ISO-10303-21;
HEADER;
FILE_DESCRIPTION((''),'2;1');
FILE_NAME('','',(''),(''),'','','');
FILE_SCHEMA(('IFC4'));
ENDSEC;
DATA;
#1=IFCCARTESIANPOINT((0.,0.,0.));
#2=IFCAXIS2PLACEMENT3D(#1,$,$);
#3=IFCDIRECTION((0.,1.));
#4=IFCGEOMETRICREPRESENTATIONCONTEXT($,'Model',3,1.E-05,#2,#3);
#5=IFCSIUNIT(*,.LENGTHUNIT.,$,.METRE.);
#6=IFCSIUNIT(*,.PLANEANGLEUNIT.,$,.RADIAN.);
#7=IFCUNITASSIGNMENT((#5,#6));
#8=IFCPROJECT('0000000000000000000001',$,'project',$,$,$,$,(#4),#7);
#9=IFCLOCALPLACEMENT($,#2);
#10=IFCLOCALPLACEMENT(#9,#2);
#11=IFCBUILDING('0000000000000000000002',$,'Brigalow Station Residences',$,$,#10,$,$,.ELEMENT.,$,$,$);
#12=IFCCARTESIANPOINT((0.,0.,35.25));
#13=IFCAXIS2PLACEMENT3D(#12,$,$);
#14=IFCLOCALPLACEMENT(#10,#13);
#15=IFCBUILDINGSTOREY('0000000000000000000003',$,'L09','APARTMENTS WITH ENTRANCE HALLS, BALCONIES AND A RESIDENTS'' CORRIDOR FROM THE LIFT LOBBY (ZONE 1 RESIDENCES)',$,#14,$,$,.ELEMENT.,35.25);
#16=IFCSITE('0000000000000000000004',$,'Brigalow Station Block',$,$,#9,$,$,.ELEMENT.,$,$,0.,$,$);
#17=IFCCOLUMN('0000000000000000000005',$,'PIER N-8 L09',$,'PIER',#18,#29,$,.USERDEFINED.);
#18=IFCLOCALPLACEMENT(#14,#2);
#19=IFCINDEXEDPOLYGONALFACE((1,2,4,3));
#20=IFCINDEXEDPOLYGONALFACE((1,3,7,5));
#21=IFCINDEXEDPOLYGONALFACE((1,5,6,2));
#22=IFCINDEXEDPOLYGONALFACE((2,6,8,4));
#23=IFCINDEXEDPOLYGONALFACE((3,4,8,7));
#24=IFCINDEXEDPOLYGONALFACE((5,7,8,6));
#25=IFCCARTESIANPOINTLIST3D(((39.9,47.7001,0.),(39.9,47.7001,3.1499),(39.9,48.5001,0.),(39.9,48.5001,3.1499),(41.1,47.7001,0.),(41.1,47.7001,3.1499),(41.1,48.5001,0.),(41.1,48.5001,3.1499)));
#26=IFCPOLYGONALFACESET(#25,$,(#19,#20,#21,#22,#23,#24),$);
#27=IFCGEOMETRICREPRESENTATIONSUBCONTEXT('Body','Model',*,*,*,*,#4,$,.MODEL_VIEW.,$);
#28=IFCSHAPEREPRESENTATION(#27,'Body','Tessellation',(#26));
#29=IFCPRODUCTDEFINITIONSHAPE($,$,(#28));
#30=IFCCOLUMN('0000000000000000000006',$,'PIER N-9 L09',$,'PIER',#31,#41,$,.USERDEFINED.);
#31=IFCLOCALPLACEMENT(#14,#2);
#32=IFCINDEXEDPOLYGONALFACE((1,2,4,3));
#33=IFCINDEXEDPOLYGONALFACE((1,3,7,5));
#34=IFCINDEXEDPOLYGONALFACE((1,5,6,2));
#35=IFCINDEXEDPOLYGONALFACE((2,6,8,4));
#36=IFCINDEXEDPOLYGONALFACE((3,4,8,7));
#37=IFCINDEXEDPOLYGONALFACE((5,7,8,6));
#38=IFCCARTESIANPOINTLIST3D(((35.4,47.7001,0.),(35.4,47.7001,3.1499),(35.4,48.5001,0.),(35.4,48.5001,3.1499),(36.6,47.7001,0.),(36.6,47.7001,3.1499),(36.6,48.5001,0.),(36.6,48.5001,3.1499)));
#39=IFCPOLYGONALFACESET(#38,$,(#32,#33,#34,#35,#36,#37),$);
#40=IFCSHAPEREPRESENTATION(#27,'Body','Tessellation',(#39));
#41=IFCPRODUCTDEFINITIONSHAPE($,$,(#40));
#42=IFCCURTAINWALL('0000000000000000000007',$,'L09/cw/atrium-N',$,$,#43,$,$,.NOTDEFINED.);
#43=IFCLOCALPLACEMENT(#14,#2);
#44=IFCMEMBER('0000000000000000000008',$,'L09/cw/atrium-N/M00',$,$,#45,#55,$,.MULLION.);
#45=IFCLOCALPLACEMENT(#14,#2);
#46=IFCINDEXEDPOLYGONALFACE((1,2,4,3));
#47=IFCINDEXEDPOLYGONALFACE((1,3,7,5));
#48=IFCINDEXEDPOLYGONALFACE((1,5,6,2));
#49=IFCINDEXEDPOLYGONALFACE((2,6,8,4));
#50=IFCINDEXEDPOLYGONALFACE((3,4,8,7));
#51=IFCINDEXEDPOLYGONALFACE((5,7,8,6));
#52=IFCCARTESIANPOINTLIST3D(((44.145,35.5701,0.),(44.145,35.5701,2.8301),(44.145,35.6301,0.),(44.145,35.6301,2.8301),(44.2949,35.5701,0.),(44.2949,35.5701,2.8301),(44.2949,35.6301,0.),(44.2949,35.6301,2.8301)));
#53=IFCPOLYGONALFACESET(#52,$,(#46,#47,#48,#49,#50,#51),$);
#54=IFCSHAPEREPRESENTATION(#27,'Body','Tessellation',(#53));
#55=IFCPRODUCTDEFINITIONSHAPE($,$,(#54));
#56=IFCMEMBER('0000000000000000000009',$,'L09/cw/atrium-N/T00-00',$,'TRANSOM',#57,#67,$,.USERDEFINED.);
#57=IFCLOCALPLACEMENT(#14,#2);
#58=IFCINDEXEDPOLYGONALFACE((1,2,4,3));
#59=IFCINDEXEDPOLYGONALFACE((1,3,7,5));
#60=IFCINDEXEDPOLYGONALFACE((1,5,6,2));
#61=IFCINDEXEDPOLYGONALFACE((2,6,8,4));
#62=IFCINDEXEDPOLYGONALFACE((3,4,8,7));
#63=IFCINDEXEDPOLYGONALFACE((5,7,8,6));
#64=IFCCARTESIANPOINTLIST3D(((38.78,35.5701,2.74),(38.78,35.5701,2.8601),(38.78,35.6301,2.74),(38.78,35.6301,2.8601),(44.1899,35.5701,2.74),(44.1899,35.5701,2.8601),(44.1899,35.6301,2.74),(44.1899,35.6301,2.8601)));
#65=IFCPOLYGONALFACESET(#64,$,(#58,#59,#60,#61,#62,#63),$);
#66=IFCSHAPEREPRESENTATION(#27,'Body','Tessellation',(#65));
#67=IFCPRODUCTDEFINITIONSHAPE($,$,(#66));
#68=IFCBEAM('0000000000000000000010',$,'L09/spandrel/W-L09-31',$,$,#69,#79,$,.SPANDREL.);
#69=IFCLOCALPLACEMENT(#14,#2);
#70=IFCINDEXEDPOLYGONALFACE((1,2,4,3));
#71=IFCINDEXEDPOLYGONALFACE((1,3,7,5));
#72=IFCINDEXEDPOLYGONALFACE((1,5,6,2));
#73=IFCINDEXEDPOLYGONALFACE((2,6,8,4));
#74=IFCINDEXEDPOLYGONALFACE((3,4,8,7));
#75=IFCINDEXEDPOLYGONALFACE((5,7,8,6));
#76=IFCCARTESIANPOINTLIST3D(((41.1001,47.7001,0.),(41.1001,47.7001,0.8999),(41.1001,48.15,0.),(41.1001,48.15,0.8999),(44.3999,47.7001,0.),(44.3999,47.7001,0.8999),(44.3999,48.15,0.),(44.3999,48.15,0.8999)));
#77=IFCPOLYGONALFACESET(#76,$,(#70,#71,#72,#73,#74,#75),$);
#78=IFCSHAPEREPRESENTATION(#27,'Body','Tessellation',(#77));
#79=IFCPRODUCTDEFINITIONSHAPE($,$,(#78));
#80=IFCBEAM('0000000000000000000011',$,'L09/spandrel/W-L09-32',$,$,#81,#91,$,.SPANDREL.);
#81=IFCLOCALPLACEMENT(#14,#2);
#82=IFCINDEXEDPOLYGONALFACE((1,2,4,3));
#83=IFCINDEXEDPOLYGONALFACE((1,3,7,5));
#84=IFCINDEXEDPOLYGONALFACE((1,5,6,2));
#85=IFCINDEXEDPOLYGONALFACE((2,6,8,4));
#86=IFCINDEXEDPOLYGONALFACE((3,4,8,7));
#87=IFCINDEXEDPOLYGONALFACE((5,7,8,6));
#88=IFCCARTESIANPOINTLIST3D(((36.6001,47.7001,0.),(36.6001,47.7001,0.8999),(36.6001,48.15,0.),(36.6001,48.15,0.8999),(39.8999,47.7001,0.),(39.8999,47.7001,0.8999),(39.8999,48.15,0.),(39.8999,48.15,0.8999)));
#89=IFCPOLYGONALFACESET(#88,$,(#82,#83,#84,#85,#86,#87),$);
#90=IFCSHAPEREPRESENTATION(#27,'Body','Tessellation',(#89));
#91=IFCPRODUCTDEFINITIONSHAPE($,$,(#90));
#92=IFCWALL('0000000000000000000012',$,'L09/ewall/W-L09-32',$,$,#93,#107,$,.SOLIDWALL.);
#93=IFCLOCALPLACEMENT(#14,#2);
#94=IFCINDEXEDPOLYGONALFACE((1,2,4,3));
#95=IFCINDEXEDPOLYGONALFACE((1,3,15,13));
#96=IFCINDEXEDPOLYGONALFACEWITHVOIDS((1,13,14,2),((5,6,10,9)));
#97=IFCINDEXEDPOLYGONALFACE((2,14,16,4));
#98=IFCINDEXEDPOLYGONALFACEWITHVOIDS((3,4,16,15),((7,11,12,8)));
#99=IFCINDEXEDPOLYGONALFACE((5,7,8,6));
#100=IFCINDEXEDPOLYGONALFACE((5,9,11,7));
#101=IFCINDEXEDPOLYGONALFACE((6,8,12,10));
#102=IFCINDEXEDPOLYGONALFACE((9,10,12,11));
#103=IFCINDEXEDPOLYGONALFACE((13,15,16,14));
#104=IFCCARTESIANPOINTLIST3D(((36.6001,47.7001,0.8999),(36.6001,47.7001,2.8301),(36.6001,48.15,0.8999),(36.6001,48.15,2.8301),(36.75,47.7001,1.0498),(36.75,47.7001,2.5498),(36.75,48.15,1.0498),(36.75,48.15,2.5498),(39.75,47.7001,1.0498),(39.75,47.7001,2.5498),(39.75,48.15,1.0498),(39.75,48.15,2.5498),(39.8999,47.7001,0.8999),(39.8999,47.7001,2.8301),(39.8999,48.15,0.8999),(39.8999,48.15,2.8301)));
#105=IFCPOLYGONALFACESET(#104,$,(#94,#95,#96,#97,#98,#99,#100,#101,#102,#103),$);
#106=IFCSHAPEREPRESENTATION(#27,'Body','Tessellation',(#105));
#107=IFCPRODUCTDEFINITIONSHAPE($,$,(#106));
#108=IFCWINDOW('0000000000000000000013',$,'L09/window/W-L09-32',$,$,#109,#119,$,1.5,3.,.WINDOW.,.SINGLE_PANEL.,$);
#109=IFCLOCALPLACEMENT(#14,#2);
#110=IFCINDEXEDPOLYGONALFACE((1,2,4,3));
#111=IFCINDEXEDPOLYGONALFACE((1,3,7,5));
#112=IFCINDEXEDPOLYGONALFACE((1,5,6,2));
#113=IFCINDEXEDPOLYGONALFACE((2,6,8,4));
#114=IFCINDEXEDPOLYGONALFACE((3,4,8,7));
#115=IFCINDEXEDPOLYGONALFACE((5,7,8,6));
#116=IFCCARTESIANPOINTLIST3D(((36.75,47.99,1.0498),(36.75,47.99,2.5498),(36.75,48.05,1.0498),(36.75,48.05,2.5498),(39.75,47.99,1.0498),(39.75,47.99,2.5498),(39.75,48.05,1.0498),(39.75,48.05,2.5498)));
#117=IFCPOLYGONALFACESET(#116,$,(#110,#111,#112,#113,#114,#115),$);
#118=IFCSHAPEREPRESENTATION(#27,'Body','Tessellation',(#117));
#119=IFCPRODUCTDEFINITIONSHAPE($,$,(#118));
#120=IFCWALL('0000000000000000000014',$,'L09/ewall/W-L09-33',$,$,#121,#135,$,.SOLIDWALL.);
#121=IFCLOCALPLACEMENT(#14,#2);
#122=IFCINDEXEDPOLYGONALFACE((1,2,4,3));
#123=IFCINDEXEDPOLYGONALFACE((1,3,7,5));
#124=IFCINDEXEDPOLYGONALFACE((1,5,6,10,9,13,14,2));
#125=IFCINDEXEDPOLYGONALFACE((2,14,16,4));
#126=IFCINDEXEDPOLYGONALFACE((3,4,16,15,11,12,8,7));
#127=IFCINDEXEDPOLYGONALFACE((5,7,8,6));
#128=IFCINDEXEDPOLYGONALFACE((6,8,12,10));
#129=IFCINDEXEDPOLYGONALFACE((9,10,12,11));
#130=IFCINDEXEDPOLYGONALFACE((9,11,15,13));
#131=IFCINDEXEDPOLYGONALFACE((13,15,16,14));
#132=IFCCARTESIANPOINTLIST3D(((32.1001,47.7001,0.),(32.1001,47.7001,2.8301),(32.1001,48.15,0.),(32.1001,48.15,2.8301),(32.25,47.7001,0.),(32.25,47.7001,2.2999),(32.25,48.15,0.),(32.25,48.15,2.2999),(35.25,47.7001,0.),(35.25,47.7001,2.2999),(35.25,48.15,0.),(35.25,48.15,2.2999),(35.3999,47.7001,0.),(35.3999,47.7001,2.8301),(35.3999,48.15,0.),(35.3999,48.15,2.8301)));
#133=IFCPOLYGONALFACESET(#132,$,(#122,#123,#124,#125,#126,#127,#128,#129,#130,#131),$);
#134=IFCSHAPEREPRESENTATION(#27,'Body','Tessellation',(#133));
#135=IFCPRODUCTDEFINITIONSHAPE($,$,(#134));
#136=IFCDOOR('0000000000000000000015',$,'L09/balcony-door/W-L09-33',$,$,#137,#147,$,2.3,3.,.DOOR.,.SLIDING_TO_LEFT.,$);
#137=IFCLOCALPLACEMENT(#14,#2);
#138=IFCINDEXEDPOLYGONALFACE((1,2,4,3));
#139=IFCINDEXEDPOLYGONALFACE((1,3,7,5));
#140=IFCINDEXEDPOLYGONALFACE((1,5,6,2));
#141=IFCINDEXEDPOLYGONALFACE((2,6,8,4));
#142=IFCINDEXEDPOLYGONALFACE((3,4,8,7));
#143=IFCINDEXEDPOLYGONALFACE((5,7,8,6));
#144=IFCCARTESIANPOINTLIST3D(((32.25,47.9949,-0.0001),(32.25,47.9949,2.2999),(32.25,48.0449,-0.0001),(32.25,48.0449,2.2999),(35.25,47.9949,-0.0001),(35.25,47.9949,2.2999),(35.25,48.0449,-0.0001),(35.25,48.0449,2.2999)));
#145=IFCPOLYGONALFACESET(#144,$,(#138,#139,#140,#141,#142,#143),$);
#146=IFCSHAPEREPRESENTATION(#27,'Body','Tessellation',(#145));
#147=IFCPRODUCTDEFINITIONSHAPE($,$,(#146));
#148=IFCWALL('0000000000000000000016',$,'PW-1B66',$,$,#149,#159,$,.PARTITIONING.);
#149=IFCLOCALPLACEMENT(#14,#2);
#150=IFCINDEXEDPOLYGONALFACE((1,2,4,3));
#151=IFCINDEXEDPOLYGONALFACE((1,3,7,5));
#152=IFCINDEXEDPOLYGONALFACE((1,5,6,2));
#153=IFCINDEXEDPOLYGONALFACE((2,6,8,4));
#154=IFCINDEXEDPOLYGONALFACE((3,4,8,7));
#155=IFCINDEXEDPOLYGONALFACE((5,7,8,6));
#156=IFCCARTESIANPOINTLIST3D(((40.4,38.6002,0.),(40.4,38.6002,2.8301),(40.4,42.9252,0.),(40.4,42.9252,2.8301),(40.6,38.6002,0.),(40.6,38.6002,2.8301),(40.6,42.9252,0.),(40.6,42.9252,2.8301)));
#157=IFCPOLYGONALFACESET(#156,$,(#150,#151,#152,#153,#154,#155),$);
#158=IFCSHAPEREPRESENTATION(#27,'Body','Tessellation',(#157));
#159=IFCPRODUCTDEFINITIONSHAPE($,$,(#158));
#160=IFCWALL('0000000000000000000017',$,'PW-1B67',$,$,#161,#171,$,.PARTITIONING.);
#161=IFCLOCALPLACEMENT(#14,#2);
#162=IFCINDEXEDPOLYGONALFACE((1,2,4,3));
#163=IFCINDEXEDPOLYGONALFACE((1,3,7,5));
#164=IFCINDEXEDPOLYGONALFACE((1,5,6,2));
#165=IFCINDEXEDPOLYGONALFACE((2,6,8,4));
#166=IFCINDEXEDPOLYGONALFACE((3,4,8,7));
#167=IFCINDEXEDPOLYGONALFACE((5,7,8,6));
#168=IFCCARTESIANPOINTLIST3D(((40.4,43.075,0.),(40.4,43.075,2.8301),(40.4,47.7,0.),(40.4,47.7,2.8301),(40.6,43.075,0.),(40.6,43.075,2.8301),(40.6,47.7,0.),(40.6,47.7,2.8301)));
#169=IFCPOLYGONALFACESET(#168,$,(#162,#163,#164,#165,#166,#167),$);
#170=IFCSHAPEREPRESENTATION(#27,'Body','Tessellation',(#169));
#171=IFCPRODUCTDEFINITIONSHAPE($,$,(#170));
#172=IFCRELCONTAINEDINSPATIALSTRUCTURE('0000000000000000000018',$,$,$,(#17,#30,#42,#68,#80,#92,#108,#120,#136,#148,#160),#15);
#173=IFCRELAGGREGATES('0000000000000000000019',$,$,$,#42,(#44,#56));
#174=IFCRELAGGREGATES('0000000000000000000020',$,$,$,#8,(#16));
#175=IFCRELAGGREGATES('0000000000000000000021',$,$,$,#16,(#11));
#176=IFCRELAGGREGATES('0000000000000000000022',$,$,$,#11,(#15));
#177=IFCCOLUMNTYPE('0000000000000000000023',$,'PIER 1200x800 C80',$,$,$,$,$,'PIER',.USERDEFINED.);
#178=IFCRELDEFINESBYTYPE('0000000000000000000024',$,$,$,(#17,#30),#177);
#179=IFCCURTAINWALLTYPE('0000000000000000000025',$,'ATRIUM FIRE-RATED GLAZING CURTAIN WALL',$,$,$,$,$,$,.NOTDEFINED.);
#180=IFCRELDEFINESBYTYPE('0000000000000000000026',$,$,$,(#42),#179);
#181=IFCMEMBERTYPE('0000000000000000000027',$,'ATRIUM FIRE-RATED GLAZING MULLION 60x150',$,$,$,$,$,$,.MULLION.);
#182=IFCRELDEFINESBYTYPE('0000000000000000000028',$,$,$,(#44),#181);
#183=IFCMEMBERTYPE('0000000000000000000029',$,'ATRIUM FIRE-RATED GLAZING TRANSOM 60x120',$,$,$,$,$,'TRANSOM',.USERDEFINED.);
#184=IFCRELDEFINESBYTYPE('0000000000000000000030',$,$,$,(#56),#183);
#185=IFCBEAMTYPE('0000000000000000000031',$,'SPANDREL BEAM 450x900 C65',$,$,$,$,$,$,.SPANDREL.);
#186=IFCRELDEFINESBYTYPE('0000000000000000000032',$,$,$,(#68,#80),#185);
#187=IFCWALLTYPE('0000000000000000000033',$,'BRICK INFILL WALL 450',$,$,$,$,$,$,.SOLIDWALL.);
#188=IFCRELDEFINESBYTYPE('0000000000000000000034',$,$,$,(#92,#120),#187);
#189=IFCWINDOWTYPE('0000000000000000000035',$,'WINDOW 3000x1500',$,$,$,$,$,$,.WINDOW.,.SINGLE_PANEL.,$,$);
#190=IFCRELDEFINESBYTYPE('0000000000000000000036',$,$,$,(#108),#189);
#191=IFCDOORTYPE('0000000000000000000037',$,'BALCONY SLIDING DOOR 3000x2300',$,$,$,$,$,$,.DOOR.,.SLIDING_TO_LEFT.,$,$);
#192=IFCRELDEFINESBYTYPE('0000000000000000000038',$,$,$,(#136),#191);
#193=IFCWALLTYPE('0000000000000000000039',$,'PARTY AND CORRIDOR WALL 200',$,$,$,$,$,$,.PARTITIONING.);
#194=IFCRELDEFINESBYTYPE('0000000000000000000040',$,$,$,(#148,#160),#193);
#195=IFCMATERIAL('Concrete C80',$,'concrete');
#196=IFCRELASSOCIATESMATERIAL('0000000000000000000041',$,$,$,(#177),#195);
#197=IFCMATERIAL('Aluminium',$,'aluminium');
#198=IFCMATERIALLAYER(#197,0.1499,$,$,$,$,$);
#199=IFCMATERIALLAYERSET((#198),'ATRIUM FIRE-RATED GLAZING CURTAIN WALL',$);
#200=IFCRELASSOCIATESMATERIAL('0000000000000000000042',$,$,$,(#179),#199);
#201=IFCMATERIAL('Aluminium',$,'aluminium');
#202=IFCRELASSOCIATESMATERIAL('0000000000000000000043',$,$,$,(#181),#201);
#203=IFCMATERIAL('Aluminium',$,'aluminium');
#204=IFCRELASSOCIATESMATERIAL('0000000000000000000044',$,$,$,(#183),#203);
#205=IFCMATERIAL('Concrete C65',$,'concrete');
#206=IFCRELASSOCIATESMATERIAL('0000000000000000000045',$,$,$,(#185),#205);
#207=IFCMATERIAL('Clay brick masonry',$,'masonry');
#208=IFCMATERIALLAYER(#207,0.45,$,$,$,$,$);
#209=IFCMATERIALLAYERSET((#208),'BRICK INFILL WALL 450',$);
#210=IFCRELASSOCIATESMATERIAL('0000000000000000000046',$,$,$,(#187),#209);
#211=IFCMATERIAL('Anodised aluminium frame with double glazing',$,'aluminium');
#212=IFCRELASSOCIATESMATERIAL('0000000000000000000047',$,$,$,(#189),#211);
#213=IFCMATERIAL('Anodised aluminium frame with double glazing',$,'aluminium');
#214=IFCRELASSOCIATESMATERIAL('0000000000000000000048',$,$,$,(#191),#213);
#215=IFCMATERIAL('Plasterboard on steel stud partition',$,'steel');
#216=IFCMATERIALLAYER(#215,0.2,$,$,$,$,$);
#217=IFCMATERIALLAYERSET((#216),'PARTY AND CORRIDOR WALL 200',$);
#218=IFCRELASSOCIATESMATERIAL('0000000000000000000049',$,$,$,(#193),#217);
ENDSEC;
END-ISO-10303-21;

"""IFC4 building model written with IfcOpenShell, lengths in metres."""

from ifc_helpers import new_model, si_unit, direction, frame, frame_2d, origin, origin_2d, place, context, subcontext, project, spatial, rectangle, extrude, material, layer, layer_set, material_profile, profile_set, type_object, element, fill, aggregate, save


model = new_model("IFC4")

# Units and contexts
model_context = context("Model", 3, precision=1e-05, world=origin(), true_north=direction((0.0, 1.0)))
body_context = subcontext(model_context, "Body", "Model", "MODEL_VIEW")
ifc_project = project(units=[si_unit("LENGTHUNIT", "METRE"), si_unit("PLANEANGLEUNIT", "RADIAN")], contexts=[model_context])

# Site, building, storey
site_placement = place(None, origin())
site = spatial("IfcSite", under=ifc_project, at=site_placement, Name="Brigalow Station Block", CompositionType="ELEMENT", RefElevation=0.0)
building_placement = place(site_placement, origin())
building = spatial("IfcBuilding", under=site, at=building_placement, Name="Brigalow Station Residences", CompositionType="ELEMENT")
storey_placement = place(building_placement, frame((0.0, 0.0, 35.25)))
storey = spatial("IfcBuildingStorey", under=building, at=storey_placement, Name="L09", Description="APARTMENTS WITH ENTRANCE HALLS, BALCONIES AND A RESIDENTS' CORRIDOR FROM THE LIFT LOBBY (ZONE 1 RESIDENCES)", CompositionType="ELEMENT", Elevation=35.25)

# Columns
ifc_material_1 = material(Name="Concrete C80", Category="concrete")
ifc_material_profile_1 = material_profile(ifc_material_1, rectangle(XDim=1.2, YDim=0.8, at=origin_2d()), Name="RC1200x800")
ifc_profile_set_1 = profile_set([ifc_material_profile_1], Name="Concrete C80")
column_type = type_object("IfcColumnType", Name="PIER 1200x800 C80", ElementType="PIER", PredefinedType="USERDEFINED", material=ifc_profile_set_1)
for number, where, z_axis, x_axis, name in (
    (1, (40.5, 48.1001, 0.0), (0.0, 0.0, 1.0), (-1.0, 0.0, 0.0), "PIER N-8 L09"),
    (2, (36.0, 48.1001, 0.0), (0.0, 0.0, 1.0), (-1.0, 0.0, 0.0), "PIER N-9 L09"),
):
    element("IfcColumn", number, at=place(storey_placement, frame(where, z_axis=z_axis, x_axis=x_axis)), inside=storey, type_object=column_type, Name=name, ObjectType="PIER", PredefinedType="USERDEFINED", context=body_context, shape_type="SweptSolid", body=[
        extrude(rectangle(XDim=1.2, YDim=0.8, at=origin_2d()), origin(), (0.0, 0.0, 1.0), 3.1499),
    ])

# Curtain wall, members
ifc_material_2 = material(Name="Aluminium", Category="aluminium")
ifc_layer_1 = layer(ifc_material_2, 0.1499)
ifc_layer_set_1 = layer_set([ifc_layer_1], Name="ATRIUM FIRE-RATED GLAZING CURTAIN WALL")
curtain_wall_type = type_object("IfcCurtainWallType", Name="ATRIUM FIRE-RATED GLAZING CURTAIN WALL", PredefinedType="NOTDEFINED", material=ifc_layer_set_1)
curtain_wall_placement = place(storey_placement, origin())
curtain_wall = element("IfcCurtainWall", 3, at=curtain_wall_placement, inside=storey, type_object=curtain_wall_type, Name="L09/cw/atrium-N", PredefinedType="NOTDEFINED")
ifc_material_3 = material(Name="Aluminium", Category="aluminium")
ifc_material_profile_2 = material_profile(ifc_material_3, rectangle(XDim=0.0601, YDim=0.1499, at=origin_2d()), Name="ATRIUM FIRE-RATED GLAZING MULLION 60x150")
ifc_profile_set_2 = profile_set([ifc_material_profile_2], Name="Aluminium")
member_type_1 = type_object("IfcMemberType", Name="ATRIUM FIRE-RATED GLAZING MULLION 60x150", PredefinedType="MULLION", material=ifc_profile_set_2)
member_1_placement = place(storey_placement, frame((44.22, 35.6001, 0.0), z_axis=(0.0, 0.0, 1.0), x_axis=(0.0, -1.0, 0.0)))
member_1 = element("IfcMember", 4, at=member_1_placement, type_object=member_type_1, Name="L09/cw/atrium-N/M00", PredefinedType="MULLION", context=body_context, shape_type="SweptSolid", body=[
    extrude(rectangle(XDim=0.0601, YDim=0.1499, at=origin_2d()), origin(), (0.0, 0.0, 1.0), 2.8301),
])
ifc_material_4 = material(Name="Aluminium", Category="aluminium")
ifc_material_profile_3 = material_profile(ifc_material_4, rectangle(XDim=0.0601, YDim=0.1201, at=origin_2d()), Name="ATRIUM FIRE-RATED GLAZING TRANSOM 60x120")
ifc_profile_set_3 = profile_set([ifc_material_profile_3], Name="Aluminium")
member_type_2 = type_object("IfcMemberType", Name="ATRIUM FIRE-RATED GLAZING TRANSOM 60x120", ElementType="TRANSOM", PredefinedType="USERDEFINED", material=ifc_profile_set_3)
member_2_placement = place(storey_placement, frame((44.1899, 35.6001, 2.8), z_axis=(-1.0, 0.0, 0.0), x_axis=(0.0, -1.0, 0.0)))
member_2 = element("IfcMember", 5, at=member_2_placement, type_object=member_type_2, Name="L09/cw/atrium-N/T00-00", ObjectType="TRANSOM", PredefinedType="USERDEFINED", context=body_context, shape_type="SweptSolid", body=[
    extrude(rectangle(XDim=0.0601, YDim=0.1201, at=origin_2d()), origin(), (0.0, 0.0, 1.0), 5.4099),
])
aggregate(curtain_wall, [member_1, member_2])

# Beams
ifc_material_5 = material(Name="Concrete C65", Category="concrete")
ifc_material_profile_4 = material_profile(ifc_material_5, rectangle(XDim=0.45, YDim=0.8999, at=origin_2d()), Name="RC450x900")
ifc_profile_set_4 = profile_set([ifc_material_profile_4], Name="Concrete C65")
beam_type = type_object("IfcBeamType", Name="SPANDREL BEAM 450x900 C65", PredefinedType="SPANDREL", material=ifc_profile_set_4)
for number, where, z_axis, x_axis, name in (
    (6, (44.3999, 47.925, 0.45), (-1.0, 0.0, 0.0), (0.0, -1.0, 0.0), "L09/spandrel/W-L09-31"),
    (7, (39.8999, 47.925, 0.45), (-1.0, 0.0, 0.0), (0.0, -1.0, 0.0), "L09/spandrel/W-L09-32"),
):
    element("IfcBeam", number, at=place(storey_placement, frame(where, z_axis=z_axis, x_axis=x_axis)), inside=storey, type_object=beam_type, Name=name, PredefinedType="SPANDREL", context=body_context, shape_type="SweptSolid", body=[
        extrude(rectangle(XDim=0.45, YDim=0.8999, at=origin_2d()), origin(), (0.0, 0.0, 1.0), 3.2998),
    ])

# Wall, opening, window
ifc_material_6 = material(Name="Clay brick masonry", Category="masonry")
ifc_layer_2 = layer(ifc_material_6, 0.45)
ifc_layer_set_2 = layer_set([ifc_layer_2], Name="BRICK INFILL WALL 450")
wall_type_1 = type_object("IfcWallType", Name="BRICK INFILL WALL 450", PredefinedType="SOLIDWALL", material=ifc_layer_set_2)
wall_1_placement = place(storey_placement, frame((39.8999, 47.925, 0.8999), z_axis=(0.0, 0.0, 1.0), x_axis=(-1.0, 0.0, 0.0)))
wall_1 = element("IfcWall", 8, at=wall_1_placement, inside=storey, type_object=wall_type_1, Name="L09/ewall/W-L09-32", PredefinedType="SOLIDWALL", context=body_context, shape_type="SweptSolid", body=[
    extrude(rectangle(XDim=3.2998, YDim=0.45, at=frame_2d((1.6499, 0.0))), origin(), (0.0, 0.0, 1.0), 1.9302),
])
opening_1_placement = place(wall_1_placement, frame((0.1499, 0.0, 0.1499)))
opening_1 = element("IfcOpeningElement", 9, at=opening_1_placement, cuts=wall_1, PredefinedType="OPENING", context=body_context, shape_type="SweptSolid", body=[
    extrude(rectangle(XDim=3.0, YDim=1.5, at=frame_2d((1.5, 0.75))), frame((0.0, 0.2349, 0.0), z_axis=(0.0, -1.0, 0.0), x_axis=(1.0, 0.0, 0.0)), (0.0, 0.0, 1.0), 0.47),
])
ifc_material_7 = material(Name="Anodised aluminium frame with double glazing", Category="aluminium")
window_type = type_object("IfcWindowType", Name="WINDOW 3000x1500", PartitioningType="SINGLE_PANEL", PredefinedType="WINDOW", material=ifc_material_7)
window_placement = place(opening_1_placement, origin())
window = element("IfcWindow", 10, at=window_placement, inside=storey, type_object=window_type, Name="L09/window/W-L09-32", OverallHeight=1.5, OverallWidth=3.0, PartitioningType="SINGLE_PANEL", PredefinedType="WINDOW", context=body_context, shape_type="SweptSolid", body=[
    extrude(rectangle(XDim=3.0, YDim=1.5, at=frame_2d((1.5, 0.75))), frame((0.0, -0.0649, 0.0), z_axis=(0.0, -1.0, 0.0), x_axis=(1.0, 0.0, 0.0)), (0.0, 0.0, 1.0), 0.0601),
])
fill(opening_1, window)

# Wall, opening, door
wall_2_placement = place(storey_placement, frame((35.3999, 47.925, 0.0), z_axis=(0.0, 0.0, 1.0), x_axis=(-1.0, 0.0, 0.0)))
wall_2 = element("IfcWall", 11, at=wall_2_placement, inside=storey, type_object=wall_type_1, Name="L09/ewall/W-L09-33", PredefinedType="SOLIDWALL", context=body_context, shape_type="SweptSolid", body=[
    extrude(rectangle(XDim=3.2998, YDim=0.45, at=frame_2d((1.6499, 0.0))), origin(), (0.0, 0.0, 1.0), 2.8301),
])
opening_2_placement = place(wall_2_placement, frame((0.1499, 0.0, 0.0)))
opening_2 = element("IfcOpeningElement", 12, at=opening_2_placement, cuts=wall_2, PredefinedType="OPENING", context=body_context, shape_type="SweptSolid", body=[
    extrude(rectangle(XDim=3.0, YDim=2.3, at=frame_2d((1.5, 1.1499))), frame((0.0, 0.2349, 0.0), z_axis=(0.0, -1.0, 0.0), x_axis=(1.0, 0.0, 0.0)), (0.0, 0.0, 1.0), 0.47),
])
ifc_material_8 = material(Name="Anodised aluminium frame with double glazing", Category="aluminium")
door_type = type_object("IfcDoorType", Name="BALCONY SLIDING DOOR 3000x2300", OperationType="SLIDING_TO_LEFT", PredefinedType="DOOR", material=ifc_material_8)
door_placement = place(opening_2_placement, origin())
door = element("IfcDoor", 13, at=door_placement, inside=storey, type_object=door_type, Name="L09/balcony-door/W-L09-33", OperationType="SLIDING_TO_LEFT", OverallHeight=2.3, OverallWidth=3.0, PredefinedType="DOOR", context=body_context, shape_type="SweptSolid", body=[
    extrude(rectangle(XDim=3.0, YDim=2.3, at=frame_2d((1.5, 1.1499))), frame((0.0, -0.0698, 0.0), z_axis=(0.0, -1.0, 0.0), x_axis=(1.0, 0.0, 0.0)), (0.0, 0.0, 1.0), 0.05),
])
fill(opening_2, door)

# Walls
ifc_material_9 = material(Name="Plasterboard on steel stud partition", Category="steel")
ifc_layer_3 = layer(ifc_material_9, 0.2)
ifc_layer_set_3 = layer_set([ifc_layer_3], Name="PARTY AND CORRIDOR WALL 200")
wall_type_2 = type_object("IfcWallType", Name="PARTY AND CORRIDOR WALL 200", PredefinedType="PARTITIONING", material=ifc_layer_set_3)
wall_3_placement = place(storey_placement, frame((40.5, 38.6001, 0.0), z_axis=(0.0, 0.0, 1.0), x_axis=(0.0, 1.0, 0.0)))
element("IfcWall", 14, at=wall_3_placement, inside=storey, type_object=wall_type_2, Name="PW-1B66", PredefinedType="PARTITIONING", context=body_context, shape_type="SweptSolid", body=[
    extrude(rectangle(XDim=4.325, YDim=0.2, at=frame_2d((2.1626, 0.0))), origin(), (0.0, 0.0, 1.0), 2.8301),
])
wall_4_placement = place(storey_placement, frame((40.5, 43.075, 0.0), z_axis=(0.0, 0.0, 1.0), x_axis=(0.0, 1.0, 0.0)))
element("IfcWall", 15, at=wall_4_placement, inside=storey, type_object=wall_type_2, Name="PW-1B67", PredefinedType="PARTITIONING", context=body_context, shape_type="SweptSolid", body=[
    extrude(rectangle(XDim=4.625, YDim=0.2, at=frame_2d((2.3125, 0.0))), origin(), (0.0, 0.0, 1.0), 2.8301),
])

save(model, "model.ifc")
